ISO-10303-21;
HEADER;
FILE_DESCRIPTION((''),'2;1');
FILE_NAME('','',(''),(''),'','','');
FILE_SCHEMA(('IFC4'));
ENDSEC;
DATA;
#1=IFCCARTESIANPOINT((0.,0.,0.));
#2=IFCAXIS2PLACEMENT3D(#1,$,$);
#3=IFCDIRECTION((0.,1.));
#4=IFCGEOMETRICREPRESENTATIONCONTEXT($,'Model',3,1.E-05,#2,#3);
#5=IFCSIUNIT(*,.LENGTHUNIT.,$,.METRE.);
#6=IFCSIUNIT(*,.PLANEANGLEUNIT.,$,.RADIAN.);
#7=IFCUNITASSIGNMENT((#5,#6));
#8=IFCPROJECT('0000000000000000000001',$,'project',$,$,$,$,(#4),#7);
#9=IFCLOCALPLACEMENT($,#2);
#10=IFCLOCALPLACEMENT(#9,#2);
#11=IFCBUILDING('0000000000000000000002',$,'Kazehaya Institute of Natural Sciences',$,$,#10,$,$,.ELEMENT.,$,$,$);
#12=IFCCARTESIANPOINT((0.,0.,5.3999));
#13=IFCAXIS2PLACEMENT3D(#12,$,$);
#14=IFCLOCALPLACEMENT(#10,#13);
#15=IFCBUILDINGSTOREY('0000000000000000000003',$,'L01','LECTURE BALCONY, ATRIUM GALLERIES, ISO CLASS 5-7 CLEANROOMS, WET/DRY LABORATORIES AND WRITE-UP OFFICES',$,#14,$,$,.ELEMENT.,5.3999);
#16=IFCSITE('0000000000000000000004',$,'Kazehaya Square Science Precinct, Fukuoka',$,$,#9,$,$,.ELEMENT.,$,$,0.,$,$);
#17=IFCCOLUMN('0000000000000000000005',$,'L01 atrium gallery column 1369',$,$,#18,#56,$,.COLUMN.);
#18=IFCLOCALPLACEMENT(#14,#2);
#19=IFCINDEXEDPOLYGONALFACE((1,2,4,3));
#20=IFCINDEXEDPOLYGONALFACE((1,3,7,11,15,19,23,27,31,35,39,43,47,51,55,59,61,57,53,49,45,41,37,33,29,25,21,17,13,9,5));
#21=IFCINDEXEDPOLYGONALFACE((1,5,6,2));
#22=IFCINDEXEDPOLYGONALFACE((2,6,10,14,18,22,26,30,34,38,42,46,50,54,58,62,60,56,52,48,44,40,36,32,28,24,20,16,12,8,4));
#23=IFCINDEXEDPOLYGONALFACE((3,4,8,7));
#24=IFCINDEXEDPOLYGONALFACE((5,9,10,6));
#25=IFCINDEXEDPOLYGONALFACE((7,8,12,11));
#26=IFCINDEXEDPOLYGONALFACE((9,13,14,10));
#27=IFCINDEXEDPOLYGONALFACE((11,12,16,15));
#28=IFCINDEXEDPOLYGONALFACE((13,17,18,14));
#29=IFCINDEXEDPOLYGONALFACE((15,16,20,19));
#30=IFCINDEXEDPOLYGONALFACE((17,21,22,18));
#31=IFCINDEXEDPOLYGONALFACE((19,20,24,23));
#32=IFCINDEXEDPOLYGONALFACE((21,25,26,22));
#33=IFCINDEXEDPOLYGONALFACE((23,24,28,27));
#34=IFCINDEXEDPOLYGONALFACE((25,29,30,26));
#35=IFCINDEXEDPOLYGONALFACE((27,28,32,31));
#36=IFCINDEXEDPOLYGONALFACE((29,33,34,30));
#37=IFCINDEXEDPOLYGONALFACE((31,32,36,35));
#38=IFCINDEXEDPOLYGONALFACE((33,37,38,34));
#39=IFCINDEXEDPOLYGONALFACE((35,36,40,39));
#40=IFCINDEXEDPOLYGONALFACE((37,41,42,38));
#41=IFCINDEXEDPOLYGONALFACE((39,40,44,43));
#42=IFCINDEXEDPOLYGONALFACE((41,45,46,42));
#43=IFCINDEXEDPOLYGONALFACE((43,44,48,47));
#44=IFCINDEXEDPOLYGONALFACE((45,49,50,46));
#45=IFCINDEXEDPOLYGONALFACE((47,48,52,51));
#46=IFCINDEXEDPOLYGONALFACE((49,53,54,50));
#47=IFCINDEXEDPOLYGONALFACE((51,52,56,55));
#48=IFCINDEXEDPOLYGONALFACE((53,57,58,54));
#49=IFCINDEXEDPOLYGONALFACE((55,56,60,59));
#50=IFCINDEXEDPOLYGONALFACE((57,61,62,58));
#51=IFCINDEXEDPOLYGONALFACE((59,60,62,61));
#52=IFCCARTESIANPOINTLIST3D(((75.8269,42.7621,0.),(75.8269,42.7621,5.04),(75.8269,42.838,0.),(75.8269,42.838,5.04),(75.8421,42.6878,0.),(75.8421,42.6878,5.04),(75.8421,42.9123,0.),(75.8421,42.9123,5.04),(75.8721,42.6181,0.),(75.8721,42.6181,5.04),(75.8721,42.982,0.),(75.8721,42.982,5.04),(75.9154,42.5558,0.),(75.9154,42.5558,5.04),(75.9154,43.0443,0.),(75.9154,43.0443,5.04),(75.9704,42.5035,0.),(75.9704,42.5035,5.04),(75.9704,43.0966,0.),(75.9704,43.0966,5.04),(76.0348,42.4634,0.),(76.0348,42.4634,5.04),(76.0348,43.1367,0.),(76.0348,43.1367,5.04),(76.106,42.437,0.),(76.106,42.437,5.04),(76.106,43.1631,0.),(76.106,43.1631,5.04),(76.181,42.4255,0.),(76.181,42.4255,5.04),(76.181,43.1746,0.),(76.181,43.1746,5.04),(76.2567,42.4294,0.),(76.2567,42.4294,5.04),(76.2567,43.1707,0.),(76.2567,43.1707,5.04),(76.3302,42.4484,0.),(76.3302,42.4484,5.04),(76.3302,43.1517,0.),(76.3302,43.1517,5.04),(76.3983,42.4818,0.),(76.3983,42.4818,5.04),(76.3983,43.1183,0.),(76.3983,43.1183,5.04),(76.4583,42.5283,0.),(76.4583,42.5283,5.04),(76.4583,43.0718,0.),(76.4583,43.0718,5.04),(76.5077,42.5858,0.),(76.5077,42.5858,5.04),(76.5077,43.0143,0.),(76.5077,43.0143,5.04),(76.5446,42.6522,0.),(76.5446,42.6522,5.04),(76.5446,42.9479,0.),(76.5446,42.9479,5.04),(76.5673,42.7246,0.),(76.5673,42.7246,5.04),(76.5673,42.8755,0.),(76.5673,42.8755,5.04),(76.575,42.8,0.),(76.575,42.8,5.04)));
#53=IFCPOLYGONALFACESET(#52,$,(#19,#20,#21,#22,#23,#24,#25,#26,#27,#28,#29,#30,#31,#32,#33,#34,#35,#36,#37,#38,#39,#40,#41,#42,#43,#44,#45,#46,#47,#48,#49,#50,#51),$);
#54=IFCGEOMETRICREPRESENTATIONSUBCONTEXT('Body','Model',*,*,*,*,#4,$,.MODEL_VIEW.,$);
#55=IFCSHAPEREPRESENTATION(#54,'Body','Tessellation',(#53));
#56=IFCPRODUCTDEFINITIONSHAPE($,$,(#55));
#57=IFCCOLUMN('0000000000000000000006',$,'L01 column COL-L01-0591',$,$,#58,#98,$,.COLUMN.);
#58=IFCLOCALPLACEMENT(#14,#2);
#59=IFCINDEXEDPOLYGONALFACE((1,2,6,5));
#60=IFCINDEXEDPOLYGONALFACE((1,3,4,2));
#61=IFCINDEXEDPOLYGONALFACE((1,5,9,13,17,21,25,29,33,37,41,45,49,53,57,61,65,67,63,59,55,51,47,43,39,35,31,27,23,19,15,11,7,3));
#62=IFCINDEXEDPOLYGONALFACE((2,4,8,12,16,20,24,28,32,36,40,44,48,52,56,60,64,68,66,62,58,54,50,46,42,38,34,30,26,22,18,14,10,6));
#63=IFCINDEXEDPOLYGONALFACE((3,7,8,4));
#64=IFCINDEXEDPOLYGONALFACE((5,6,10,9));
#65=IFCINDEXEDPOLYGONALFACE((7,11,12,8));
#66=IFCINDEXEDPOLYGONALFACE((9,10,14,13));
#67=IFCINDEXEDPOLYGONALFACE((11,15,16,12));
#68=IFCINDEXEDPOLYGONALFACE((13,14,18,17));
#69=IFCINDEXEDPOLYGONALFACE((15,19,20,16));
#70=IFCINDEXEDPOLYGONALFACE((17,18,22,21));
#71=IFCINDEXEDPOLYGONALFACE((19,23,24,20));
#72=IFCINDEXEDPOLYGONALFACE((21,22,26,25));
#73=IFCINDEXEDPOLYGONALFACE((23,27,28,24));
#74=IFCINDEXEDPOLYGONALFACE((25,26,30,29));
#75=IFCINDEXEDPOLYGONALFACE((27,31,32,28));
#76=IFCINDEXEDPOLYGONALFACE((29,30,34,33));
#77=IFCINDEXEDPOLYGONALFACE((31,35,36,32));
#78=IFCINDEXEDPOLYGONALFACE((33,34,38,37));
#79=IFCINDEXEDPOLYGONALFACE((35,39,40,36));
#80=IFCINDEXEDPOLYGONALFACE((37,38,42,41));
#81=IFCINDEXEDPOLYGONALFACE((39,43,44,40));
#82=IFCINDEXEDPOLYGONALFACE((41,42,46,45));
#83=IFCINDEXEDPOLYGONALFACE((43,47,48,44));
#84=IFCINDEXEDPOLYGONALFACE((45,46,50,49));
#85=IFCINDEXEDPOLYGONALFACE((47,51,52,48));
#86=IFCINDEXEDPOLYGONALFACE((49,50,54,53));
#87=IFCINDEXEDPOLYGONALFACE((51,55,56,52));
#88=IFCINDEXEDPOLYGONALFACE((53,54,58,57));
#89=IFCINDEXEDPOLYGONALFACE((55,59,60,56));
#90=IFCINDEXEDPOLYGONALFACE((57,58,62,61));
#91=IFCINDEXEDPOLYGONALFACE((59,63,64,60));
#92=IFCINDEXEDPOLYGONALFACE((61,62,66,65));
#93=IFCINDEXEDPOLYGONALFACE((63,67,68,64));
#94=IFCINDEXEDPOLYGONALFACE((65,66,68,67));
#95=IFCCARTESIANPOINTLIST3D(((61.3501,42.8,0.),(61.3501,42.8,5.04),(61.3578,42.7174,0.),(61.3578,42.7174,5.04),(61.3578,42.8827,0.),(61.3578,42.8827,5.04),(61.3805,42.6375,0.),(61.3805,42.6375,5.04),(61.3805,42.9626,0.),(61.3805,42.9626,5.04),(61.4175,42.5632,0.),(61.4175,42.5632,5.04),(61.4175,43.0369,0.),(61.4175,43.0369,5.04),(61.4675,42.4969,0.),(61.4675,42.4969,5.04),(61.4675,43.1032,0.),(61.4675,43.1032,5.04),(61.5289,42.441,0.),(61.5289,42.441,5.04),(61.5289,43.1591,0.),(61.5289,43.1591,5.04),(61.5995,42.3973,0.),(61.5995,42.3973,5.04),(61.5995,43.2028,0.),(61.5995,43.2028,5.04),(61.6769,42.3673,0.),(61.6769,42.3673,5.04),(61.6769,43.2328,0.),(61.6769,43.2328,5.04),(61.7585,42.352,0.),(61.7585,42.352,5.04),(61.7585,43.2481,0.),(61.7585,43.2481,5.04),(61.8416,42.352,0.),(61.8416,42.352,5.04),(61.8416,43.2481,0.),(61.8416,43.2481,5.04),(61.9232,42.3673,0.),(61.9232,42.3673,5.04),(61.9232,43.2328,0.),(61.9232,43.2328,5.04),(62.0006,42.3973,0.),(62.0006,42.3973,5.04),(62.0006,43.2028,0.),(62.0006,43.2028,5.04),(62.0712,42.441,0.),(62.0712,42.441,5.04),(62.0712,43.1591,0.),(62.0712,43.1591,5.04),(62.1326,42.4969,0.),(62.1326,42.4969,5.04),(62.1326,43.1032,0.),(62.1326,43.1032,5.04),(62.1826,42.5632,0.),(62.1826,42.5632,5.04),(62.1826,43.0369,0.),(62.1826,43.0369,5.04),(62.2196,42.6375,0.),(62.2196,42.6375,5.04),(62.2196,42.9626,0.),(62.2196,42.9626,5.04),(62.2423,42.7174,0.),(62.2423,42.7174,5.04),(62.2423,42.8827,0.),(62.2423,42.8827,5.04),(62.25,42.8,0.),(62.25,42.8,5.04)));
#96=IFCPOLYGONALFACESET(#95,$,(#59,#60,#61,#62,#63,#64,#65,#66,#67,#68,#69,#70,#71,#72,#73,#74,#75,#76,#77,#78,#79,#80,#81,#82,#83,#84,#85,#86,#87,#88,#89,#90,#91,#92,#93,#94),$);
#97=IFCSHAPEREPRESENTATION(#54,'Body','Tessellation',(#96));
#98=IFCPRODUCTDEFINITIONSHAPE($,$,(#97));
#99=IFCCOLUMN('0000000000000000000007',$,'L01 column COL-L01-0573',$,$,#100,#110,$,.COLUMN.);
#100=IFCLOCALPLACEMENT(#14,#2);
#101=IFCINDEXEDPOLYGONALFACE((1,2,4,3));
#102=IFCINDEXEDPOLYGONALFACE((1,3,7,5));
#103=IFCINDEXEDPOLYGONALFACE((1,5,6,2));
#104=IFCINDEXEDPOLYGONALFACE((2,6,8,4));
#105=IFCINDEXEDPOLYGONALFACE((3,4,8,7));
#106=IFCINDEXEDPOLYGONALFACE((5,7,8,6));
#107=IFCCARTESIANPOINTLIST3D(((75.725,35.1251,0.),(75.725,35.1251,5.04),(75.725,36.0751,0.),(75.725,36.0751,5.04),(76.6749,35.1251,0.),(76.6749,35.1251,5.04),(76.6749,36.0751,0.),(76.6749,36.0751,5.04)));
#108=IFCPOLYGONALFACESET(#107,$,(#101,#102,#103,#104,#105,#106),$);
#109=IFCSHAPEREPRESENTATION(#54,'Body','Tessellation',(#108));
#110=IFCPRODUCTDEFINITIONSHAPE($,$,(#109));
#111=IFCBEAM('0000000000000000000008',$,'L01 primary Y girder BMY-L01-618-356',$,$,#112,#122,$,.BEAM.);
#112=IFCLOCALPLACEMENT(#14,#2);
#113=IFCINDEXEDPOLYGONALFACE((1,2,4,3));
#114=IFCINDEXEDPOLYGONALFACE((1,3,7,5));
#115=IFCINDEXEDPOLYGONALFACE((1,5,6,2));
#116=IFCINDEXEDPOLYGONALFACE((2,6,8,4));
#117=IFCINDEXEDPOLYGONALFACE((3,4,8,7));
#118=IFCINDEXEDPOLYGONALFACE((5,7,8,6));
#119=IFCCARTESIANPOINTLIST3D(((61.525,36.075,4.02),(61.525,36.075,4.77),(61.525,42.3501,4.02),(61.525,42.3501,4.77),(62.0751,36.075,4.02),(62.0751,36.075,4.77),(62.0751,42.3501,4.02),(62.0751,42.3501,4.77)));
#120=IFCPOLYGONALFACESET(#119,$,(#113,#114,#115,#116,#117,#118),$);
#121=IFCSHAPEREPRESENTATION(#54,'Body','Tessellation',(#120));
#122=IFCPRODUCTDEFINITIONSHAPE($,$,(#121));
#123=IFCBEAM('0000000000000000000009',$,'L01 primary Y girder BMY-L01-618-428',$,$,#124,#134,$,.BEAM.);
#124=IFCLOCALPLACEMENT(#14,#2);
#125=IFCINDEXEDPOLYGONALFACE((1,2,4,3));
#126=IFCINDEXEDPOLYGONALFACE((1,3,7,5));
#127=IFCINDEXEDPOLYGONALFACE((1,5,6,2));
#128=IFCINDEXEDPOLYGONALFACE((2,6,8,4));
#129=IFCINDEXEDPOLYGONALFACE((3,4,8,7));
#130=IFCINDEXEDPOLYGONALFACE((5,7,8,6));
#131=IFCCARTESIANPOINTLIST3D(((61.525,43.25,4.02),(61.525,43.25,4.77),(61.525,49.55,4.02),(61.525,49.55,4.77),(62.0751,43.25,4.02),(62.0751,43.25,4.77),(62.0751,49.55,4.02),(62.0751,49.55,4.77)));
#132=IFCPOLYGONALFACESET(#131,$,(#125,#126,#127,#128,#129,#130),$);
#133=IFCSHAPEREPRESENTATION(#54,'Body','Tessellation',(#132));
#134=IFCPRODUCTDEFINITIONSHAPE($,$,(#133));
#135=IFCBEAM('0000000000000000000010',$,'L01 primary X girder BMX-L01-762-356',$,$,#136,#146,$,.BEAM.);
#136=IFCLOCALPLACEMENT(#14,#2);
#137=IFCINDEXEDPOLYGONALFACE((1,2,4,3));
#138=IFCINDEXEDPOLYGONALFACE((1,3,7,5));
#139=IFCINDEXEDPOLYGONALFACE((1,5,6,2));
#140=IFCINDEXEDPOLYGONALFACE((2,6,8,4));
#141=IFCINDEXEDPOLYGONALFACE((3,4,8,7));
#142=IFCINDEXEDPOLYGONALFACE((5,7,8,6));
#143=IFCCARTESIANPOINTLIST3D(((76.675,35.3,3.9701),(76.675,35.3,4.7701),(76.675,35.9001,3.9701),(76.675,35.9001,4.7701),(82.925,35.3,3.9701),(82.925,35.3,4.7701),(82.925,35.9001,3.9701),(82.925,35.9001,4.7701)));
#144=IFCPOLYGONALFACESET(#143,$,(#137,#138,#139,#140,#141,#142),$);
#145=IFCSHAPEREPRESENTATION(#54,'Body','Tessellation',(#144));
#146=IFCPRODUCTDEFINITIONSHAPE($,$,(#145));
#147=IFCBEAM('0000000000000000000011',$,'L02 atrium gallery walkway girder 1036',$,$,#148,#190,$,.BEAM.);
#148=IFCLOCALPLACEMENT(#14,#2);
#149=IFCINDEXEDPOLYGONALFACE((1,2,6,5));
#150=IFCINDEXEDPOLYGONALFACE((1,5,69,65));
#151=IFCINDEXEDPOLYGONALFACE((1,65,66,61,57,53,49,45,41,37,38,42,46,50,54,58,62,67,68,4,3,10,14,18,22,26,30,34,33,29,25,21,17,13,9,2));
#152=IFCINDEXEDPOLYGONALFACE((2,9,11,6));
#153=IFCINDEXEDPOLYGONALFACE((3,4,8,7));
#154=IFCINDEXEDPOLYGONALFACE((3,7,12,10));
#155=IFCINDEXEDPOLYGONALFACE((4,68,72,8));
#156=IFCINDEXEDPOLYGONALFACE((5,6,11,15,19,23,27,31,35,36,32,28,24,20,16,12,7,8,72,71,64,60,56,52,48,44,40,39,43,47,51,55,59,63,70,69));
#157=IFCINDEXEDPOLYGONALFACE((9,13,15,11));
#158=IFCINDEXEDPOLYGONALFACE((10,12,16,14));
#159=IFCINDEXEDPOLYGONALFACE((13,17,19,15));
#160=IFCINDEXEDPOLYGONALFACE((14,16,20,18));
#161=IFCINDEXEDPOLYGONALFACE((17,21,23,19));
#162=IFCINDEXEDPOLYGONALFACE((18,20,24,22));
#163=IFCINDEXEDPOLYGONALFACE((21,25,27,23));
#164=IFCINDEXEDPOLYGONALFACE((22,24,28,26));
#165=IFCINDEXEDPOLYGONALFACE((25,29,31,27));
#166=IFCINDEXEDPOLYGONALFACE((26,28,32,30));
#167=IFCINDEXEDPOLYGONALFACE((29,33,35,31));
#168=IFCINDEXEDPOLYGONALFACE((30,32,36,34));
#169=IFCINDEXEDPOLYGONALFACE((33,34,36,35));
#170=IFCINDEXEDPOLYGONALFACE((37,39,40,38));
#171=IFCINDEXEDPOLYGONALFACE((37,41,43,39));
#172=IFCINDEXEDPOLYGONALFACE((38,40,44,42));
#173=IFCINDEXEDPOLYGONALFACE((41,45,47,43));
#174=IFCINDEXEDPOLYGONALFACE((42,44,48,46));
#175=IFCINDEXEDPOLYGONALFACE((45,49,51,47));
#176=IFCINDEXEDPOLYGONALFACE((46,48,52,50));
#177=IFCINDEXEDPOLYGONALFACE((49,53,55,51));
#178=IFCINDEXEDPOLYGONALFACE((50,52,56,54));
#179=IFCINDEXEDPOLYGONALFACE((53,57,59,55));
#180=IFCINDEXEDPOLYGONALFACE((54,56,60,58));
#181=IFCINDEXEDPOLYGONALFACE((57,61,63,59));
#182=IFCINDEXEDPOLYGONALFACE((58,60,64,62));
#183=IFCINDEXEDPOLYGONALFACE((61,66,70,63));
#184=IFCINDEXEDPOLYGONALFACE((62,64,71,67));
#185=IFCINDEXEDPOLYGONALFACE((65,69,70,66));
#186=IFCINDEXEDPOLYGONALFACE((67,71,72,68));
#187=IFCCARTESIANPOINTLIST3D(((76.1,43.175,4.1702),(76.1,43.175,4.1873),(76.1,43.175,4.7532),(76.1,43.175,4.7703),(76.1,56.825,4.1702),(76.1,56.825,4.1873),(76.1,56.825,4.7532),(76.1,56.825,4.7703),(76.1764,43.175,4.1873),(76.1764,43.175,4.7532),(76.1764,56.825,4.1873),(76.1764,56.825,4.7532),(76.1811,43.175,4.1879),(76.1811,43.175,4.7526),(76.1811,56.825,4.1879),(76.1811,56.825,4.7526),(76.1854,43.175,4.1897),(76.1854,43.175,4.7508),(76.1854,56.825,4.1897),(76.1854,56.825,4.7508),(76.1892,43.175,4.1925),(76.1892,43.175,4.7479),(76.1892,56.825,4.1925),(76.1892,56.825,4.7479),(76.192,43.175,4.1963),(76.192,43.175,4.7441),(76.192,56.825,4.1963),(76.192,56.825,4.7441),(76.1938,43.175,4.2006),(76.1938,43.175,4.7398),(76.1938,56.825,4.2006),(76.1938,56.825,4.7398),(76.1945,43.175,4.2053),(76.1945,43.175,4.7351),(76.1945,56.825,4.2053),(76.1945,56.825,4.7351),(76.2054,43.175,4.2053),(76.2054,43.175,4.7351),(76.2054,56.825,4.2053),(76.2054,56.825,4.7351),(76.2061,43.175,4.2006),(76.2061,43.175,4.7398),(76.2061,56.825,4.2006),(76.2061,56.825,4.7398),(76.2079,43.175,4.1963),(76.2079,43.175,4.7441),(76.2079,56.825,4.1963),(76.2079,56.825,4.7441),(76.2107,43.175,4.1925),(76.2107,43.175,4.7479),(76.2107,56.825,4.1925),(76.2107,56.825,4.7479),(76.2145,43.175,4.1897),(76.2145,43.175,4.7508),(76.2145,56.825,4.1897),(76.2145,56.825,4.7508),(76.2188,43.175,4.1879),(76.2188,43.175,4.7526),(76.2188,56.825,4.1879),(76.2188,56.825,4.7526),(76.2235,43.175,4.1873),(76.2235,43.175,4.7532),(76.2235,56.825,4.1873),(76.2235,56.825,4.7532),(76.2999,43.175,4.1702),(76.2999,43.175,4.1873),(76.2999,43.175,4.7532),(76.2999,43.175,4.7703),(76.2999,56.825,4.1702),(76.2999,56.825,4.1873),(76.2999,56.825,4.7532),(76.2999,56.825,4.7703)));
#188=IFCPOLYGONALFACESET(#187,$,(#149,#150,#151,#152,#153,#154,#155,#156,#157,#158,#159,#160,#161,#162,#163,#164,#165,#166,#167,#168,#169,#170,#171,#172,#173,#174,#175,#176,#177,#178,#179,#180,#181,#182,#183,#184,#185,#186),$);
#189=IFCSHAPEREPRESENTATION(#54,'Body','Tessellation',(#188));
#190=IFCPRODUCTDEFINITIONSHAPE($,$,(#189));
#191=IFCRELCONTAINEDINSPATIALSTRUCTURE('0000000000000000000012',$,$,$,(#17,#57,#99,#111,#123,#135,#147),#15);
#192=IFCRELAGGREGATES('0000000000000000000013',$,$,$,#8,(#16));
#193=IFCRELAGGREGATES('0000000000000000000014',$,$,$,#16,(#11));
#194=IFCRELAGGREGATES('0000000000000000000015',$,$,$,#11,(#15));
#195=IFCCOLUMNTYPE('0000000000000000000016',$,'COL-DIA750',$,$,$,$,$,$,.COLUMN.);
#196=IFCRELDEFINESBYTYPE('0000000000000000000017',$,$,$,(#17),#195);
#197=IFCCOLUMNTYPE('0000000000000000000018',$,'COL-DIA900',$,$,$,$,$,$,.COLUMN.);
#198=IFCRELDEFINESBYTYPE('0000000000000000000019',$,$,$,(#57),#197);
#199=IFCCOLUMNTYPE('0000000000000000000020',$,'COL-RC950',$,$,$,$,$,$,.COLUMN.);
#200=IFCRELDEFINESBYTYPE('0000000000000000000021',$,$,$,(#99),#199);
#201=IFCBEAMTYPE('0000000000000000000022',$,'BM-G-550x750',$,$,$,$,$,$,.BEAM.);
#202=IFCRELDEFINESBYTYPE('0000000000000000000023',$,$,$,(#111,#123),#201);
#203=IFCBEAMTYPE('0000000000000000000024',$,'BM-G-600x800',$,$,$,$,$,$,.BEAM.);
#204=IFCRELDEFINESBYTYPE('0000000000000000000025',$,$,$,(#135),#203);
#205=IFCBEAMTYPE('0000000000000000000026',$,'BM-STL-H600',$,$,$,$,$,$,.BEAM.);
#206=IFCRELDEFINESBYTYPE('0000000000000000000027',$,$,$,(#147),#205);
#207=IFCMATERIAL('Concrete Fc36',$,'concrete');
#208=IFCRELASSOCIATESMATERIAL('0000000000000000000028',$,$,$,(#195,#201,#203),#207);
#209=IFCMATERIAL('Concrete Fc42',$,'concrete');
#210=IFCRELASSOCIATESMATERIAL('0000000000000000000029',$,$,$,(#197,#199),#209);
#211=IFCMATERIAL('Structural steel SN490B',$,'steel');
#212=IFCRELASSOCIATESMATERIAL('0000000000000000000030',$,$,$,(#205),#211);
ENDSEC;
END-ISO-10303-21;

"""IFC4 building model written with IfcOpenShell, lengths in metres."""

from ifc_helpers import new_model, si_unit, direction, frame, origin, origin_2d, place, context, subcontext, project, spatial, rectangle, circle, i_section, extrude, material, material_profile, profile_set, type_object, element, save


model = new_model("IFC4")

# Units and contexts
model_context = context("Model", 3, precision=1e-05, world=origin(), true_north=direction((0.0, 1.0)))
body_context = subcontext(model_context, "Body", "Model", "MODEL_VIEW")
ifc_project = project(units=[si_unit("LENGTHUNIT", "METRE"), si_unit("PLANEANGLEUNIT", "RADIAN")], contexts=[model_context])

# Site, building, storey
site_placement = place(None, origin())
site = spatial("IfcSite", under=ifc_project, at=site_placement, Name="Kazehaya Square Science Precinct, Fukuoka", CompositionType="ELEMENT", RefElevation=0.0)
building_placement = place(site_placement, origin())
building = spatial("IfcBuilding", under=site, at=building_placement, Name="Kazehaya Institute of Natural Sciences", CompositionType="ELEMENT")
storey_placement = place(building_placement, frame((0.0, 0.0, 5.3999)))
storey = spatial("IfcBuildingStorey", under=building, at=storey_placement, Name="L01", Description="LECTURE BALCONY, ATRIUM GALLERIES, ISO CLASS 5-7 CLEANROOMS, WET/DRY LABORATORIES AND WRITE-UP OFFICES", CompositionType="ELEMENT", Elevation=5.3999)

# Columns
ifc_material_1 = material(Name="Concrete Fc36", Category="concrete")
ifc_material_profile_1 = material_profile(ifc_material_1, circle(Radius=0.375, at=origin_2d()), Name="RC-DIA750")
ifc_profile_set_1 = profile_set([ifc_material_profile_1], Name="Concrete Fc36")
column_type_1 = type_object("IfcColumnType", Name="COL-DIA750", PredefinedType="COLUMN", material=ifc_profile_set_1)
column_1_placement = place(storey_placement, frame((76.2, 42.8, 0.0), z_axis=(0.0, 0.0, 1.0), x_axis=(1.0, 0.0, 0.0)))
element("IfcColumn", 1, at=column_1_placement, inside=storey, type_object=column_type_1, Name="L01 atrium gallery column 1369", PredefinedType="COLUMN", context=body_context, shape_type="SweptSolid", body=[
    extrude(circle(Radius=0.375, at=origin_2d()), origin(), (0.0, 0.0, 1.0), 5.04),
])
ifc_material_2 = material(Name="Concrete Fc42", Category="concrete")
ifc_material_profile_2 = material_profile(ifc_material_2, circle(Radius=0.45, at=origin_2d()), Name="RC-DIA900")
ifc_profile_set_2 = profile_set([ifc_material_profile_2], Name="Concrete Fc42")
column_type_2 = type_object("IfcColumnType", Name="COL-DIA900", PredefinedType="COLUMN", material=ifc_profile_set_2)
column_2_placement = place(storey_placement, frame((61.8, 42.8, 0.0), z_axis=(0.0, 0.0, 1.0), x_axis=(1.0, 0.0, 0.0)))
element("IfcColumn", 2, at=column_2_placement, inside=storey, type_object=column_type_2, Name="L01 column COL-L01-0591", PredefinedType="COLUMN", context=body_context, shape_type="SweptSolid", body=[
    extrude(circle(Radius=0.45, at=origin_2d()), origin(), (0.0, 0.0, 1.0), 5.04),
])
ifc_material_profile_3 = material_profile(ifc_material_2, rectangle(XDim=0.95, YDim=0.95, at=origin_2d()), Name="RC-950x950")
ifc_profile_set_3 = profile_set([ifc_material_profile_3], Name="Concrete Fc42")
column_type_3 = type_object("IfcColumnType", Name="COL-RC950", PredefinedType="COLUMN", material=ifc_profile_set_3)
column_3_placement = place(storey_placement, frame((76.2, 35.6001, 0.0), z_axis=(0.0, 0.0, 1.0), x_axis=(1.0, 0.0, 0.0)))
element("IfcColumn", 3, at=column_3_placement, inside=storey, type_object=column_type_3, Name="L01 column COL-L01-0573", PredefinedType="COLUMN", context=body_context, shape_type="SweptSolid", body=[
    extrude(rectangle(XDim=0.95, YDim=0.95, at=origin_2d()), origin(), (0.0, 0.0, 1.0), 5.04),
])

# Beams
ifc_material_profile_4 = material_profile(ifc_material_1, rectangle(XDim=0.55, YDim=0.75, at=origin_2d()), Name="RC-550x750")
ifc_profile_set_4 = profile_set([ifc_material_profile_4], Name="Concrete Fc36")
beam_type_1 = type_object("IfcBeamType", Name="BM-G-550x750", PredefinedType="BEAM", material=ifc_profile_set_4)
beam_1_placement = place(storey_placement, frame((61.8, 36.075, 4.395), z_axis=(0.0, 1.0, 0.0), x_axis=(-1.0, 0.0, 0.0)))
element("IfcBeam", 4, at=beam_1_placement, inside=storey, type_object=beam_type_1, Name="L01 primary Y girder BMY-L01-618-356", PredefinedType="BEAM", context=body_context, shape_type="SweptSolid", body=[
    extrude(rectangle(XDim=0.55, YDim=0.75, at=origin_2d()), origin(), (0.0, 0.0, 1.0), 6.2751),
])
beam_2_placement = place(storey_placement, frame((61.8, 43.25, 4.395), z_axis=(0.0, 1.0, 0.0), x_axis=(-1.0, 0.0, 0.0)))
element("IfcBeam", 5, at=beam_2_placement, inside=storey, type_object=beam_type_1, Name="L01 primary Y girder BMY-L01-618-428", PredefinedType="BEAM", context=body_context, shape_type="SweptSolid", body=[
    extrude(rectangle(XDim=0.55, YDim=0.75, at=origin_2d()), origin(), (0.0, 0.0, 1.0), 6.3),
])
ifc_material_profile_5 = material_profile(ifc_material_1, rectangle(XDim=0.6001, YDim=0.8, at=origin_2d()), Name="RC-600x800")
ifc_profile_set_5 = profile_set([ifc_material_profile_5], Name="Concrete Fc36")
beam_type_2 = type_object("IfcBeamType", Name="BM-G-600x800", PredefinedType="BEAM", material=ifc_profile_set_5)
beam_3_placement = place(storey_placement, frame((76.675, 35.6001, 4.3701), z_axis=(1.0, 0.0, 0.0), x_axis=(0.0, 1.0, 0.0)))
element("IfcBeam", 6, at=beam_3_placement, inside=storey, type_object=beam_type_2, Name="L01 primary X girder BMX-L01-762-356", PredefinedType="BEAM", context=body_context, shape_type="SweptSolid", body=[
    extrude(rectangle(XDim=0.6001, YDim=0.8, at=origin_2d()), origin(), (0.0, 0.0, 1.0), 6.25),
])
ifc_material_3 = material(Name="Structural steel SN490B", Category="steel")
ifc_material_profile_6 = material_profile(ifc_material_3, i_section(OverallWidth=0.2, OverallDepth=0.6001, WebThickness=0.011, FlangeThickness=0.0171, FilletRadius=0.0181, at=origin_2d()), Name="H-600x200x11x17")
ifc_profile_set_6 = profile_set([ifc_material_profile_6], Name="Structural steel SN490B")
beam_type_3 = type_object("IfcBeamType", Name="BM-STL-H600", PredefinedType="BEAM", material=ifc_profile_set_6)
beam_4_placement = place(storey_placement, frame((76.2, 43.175, 4.4702), z_axis=(0.0, 1.0, 0.0), x_axis=(-1.0, 0.0, 0.0)))
element("IfcBeam", 7, at=beam_4_placement, inside=storey, type_object=beam_type_3, Name="L02 atrium gallery walkway girder 1036", PredefinedType="BEAM", context=body_context, shape_type="SweptSolid", body=[
    extrude(i_section(OverallWidth=0.2, OverallDepth=0.6001, WebThickness=0.011, FlangeThickness=0.0171, FilletRadius=0.0181, at=origin_2d()), origin(), (0.0, 0.0, 1.0), 13.6499),
])

save(model, "model.ifc")
